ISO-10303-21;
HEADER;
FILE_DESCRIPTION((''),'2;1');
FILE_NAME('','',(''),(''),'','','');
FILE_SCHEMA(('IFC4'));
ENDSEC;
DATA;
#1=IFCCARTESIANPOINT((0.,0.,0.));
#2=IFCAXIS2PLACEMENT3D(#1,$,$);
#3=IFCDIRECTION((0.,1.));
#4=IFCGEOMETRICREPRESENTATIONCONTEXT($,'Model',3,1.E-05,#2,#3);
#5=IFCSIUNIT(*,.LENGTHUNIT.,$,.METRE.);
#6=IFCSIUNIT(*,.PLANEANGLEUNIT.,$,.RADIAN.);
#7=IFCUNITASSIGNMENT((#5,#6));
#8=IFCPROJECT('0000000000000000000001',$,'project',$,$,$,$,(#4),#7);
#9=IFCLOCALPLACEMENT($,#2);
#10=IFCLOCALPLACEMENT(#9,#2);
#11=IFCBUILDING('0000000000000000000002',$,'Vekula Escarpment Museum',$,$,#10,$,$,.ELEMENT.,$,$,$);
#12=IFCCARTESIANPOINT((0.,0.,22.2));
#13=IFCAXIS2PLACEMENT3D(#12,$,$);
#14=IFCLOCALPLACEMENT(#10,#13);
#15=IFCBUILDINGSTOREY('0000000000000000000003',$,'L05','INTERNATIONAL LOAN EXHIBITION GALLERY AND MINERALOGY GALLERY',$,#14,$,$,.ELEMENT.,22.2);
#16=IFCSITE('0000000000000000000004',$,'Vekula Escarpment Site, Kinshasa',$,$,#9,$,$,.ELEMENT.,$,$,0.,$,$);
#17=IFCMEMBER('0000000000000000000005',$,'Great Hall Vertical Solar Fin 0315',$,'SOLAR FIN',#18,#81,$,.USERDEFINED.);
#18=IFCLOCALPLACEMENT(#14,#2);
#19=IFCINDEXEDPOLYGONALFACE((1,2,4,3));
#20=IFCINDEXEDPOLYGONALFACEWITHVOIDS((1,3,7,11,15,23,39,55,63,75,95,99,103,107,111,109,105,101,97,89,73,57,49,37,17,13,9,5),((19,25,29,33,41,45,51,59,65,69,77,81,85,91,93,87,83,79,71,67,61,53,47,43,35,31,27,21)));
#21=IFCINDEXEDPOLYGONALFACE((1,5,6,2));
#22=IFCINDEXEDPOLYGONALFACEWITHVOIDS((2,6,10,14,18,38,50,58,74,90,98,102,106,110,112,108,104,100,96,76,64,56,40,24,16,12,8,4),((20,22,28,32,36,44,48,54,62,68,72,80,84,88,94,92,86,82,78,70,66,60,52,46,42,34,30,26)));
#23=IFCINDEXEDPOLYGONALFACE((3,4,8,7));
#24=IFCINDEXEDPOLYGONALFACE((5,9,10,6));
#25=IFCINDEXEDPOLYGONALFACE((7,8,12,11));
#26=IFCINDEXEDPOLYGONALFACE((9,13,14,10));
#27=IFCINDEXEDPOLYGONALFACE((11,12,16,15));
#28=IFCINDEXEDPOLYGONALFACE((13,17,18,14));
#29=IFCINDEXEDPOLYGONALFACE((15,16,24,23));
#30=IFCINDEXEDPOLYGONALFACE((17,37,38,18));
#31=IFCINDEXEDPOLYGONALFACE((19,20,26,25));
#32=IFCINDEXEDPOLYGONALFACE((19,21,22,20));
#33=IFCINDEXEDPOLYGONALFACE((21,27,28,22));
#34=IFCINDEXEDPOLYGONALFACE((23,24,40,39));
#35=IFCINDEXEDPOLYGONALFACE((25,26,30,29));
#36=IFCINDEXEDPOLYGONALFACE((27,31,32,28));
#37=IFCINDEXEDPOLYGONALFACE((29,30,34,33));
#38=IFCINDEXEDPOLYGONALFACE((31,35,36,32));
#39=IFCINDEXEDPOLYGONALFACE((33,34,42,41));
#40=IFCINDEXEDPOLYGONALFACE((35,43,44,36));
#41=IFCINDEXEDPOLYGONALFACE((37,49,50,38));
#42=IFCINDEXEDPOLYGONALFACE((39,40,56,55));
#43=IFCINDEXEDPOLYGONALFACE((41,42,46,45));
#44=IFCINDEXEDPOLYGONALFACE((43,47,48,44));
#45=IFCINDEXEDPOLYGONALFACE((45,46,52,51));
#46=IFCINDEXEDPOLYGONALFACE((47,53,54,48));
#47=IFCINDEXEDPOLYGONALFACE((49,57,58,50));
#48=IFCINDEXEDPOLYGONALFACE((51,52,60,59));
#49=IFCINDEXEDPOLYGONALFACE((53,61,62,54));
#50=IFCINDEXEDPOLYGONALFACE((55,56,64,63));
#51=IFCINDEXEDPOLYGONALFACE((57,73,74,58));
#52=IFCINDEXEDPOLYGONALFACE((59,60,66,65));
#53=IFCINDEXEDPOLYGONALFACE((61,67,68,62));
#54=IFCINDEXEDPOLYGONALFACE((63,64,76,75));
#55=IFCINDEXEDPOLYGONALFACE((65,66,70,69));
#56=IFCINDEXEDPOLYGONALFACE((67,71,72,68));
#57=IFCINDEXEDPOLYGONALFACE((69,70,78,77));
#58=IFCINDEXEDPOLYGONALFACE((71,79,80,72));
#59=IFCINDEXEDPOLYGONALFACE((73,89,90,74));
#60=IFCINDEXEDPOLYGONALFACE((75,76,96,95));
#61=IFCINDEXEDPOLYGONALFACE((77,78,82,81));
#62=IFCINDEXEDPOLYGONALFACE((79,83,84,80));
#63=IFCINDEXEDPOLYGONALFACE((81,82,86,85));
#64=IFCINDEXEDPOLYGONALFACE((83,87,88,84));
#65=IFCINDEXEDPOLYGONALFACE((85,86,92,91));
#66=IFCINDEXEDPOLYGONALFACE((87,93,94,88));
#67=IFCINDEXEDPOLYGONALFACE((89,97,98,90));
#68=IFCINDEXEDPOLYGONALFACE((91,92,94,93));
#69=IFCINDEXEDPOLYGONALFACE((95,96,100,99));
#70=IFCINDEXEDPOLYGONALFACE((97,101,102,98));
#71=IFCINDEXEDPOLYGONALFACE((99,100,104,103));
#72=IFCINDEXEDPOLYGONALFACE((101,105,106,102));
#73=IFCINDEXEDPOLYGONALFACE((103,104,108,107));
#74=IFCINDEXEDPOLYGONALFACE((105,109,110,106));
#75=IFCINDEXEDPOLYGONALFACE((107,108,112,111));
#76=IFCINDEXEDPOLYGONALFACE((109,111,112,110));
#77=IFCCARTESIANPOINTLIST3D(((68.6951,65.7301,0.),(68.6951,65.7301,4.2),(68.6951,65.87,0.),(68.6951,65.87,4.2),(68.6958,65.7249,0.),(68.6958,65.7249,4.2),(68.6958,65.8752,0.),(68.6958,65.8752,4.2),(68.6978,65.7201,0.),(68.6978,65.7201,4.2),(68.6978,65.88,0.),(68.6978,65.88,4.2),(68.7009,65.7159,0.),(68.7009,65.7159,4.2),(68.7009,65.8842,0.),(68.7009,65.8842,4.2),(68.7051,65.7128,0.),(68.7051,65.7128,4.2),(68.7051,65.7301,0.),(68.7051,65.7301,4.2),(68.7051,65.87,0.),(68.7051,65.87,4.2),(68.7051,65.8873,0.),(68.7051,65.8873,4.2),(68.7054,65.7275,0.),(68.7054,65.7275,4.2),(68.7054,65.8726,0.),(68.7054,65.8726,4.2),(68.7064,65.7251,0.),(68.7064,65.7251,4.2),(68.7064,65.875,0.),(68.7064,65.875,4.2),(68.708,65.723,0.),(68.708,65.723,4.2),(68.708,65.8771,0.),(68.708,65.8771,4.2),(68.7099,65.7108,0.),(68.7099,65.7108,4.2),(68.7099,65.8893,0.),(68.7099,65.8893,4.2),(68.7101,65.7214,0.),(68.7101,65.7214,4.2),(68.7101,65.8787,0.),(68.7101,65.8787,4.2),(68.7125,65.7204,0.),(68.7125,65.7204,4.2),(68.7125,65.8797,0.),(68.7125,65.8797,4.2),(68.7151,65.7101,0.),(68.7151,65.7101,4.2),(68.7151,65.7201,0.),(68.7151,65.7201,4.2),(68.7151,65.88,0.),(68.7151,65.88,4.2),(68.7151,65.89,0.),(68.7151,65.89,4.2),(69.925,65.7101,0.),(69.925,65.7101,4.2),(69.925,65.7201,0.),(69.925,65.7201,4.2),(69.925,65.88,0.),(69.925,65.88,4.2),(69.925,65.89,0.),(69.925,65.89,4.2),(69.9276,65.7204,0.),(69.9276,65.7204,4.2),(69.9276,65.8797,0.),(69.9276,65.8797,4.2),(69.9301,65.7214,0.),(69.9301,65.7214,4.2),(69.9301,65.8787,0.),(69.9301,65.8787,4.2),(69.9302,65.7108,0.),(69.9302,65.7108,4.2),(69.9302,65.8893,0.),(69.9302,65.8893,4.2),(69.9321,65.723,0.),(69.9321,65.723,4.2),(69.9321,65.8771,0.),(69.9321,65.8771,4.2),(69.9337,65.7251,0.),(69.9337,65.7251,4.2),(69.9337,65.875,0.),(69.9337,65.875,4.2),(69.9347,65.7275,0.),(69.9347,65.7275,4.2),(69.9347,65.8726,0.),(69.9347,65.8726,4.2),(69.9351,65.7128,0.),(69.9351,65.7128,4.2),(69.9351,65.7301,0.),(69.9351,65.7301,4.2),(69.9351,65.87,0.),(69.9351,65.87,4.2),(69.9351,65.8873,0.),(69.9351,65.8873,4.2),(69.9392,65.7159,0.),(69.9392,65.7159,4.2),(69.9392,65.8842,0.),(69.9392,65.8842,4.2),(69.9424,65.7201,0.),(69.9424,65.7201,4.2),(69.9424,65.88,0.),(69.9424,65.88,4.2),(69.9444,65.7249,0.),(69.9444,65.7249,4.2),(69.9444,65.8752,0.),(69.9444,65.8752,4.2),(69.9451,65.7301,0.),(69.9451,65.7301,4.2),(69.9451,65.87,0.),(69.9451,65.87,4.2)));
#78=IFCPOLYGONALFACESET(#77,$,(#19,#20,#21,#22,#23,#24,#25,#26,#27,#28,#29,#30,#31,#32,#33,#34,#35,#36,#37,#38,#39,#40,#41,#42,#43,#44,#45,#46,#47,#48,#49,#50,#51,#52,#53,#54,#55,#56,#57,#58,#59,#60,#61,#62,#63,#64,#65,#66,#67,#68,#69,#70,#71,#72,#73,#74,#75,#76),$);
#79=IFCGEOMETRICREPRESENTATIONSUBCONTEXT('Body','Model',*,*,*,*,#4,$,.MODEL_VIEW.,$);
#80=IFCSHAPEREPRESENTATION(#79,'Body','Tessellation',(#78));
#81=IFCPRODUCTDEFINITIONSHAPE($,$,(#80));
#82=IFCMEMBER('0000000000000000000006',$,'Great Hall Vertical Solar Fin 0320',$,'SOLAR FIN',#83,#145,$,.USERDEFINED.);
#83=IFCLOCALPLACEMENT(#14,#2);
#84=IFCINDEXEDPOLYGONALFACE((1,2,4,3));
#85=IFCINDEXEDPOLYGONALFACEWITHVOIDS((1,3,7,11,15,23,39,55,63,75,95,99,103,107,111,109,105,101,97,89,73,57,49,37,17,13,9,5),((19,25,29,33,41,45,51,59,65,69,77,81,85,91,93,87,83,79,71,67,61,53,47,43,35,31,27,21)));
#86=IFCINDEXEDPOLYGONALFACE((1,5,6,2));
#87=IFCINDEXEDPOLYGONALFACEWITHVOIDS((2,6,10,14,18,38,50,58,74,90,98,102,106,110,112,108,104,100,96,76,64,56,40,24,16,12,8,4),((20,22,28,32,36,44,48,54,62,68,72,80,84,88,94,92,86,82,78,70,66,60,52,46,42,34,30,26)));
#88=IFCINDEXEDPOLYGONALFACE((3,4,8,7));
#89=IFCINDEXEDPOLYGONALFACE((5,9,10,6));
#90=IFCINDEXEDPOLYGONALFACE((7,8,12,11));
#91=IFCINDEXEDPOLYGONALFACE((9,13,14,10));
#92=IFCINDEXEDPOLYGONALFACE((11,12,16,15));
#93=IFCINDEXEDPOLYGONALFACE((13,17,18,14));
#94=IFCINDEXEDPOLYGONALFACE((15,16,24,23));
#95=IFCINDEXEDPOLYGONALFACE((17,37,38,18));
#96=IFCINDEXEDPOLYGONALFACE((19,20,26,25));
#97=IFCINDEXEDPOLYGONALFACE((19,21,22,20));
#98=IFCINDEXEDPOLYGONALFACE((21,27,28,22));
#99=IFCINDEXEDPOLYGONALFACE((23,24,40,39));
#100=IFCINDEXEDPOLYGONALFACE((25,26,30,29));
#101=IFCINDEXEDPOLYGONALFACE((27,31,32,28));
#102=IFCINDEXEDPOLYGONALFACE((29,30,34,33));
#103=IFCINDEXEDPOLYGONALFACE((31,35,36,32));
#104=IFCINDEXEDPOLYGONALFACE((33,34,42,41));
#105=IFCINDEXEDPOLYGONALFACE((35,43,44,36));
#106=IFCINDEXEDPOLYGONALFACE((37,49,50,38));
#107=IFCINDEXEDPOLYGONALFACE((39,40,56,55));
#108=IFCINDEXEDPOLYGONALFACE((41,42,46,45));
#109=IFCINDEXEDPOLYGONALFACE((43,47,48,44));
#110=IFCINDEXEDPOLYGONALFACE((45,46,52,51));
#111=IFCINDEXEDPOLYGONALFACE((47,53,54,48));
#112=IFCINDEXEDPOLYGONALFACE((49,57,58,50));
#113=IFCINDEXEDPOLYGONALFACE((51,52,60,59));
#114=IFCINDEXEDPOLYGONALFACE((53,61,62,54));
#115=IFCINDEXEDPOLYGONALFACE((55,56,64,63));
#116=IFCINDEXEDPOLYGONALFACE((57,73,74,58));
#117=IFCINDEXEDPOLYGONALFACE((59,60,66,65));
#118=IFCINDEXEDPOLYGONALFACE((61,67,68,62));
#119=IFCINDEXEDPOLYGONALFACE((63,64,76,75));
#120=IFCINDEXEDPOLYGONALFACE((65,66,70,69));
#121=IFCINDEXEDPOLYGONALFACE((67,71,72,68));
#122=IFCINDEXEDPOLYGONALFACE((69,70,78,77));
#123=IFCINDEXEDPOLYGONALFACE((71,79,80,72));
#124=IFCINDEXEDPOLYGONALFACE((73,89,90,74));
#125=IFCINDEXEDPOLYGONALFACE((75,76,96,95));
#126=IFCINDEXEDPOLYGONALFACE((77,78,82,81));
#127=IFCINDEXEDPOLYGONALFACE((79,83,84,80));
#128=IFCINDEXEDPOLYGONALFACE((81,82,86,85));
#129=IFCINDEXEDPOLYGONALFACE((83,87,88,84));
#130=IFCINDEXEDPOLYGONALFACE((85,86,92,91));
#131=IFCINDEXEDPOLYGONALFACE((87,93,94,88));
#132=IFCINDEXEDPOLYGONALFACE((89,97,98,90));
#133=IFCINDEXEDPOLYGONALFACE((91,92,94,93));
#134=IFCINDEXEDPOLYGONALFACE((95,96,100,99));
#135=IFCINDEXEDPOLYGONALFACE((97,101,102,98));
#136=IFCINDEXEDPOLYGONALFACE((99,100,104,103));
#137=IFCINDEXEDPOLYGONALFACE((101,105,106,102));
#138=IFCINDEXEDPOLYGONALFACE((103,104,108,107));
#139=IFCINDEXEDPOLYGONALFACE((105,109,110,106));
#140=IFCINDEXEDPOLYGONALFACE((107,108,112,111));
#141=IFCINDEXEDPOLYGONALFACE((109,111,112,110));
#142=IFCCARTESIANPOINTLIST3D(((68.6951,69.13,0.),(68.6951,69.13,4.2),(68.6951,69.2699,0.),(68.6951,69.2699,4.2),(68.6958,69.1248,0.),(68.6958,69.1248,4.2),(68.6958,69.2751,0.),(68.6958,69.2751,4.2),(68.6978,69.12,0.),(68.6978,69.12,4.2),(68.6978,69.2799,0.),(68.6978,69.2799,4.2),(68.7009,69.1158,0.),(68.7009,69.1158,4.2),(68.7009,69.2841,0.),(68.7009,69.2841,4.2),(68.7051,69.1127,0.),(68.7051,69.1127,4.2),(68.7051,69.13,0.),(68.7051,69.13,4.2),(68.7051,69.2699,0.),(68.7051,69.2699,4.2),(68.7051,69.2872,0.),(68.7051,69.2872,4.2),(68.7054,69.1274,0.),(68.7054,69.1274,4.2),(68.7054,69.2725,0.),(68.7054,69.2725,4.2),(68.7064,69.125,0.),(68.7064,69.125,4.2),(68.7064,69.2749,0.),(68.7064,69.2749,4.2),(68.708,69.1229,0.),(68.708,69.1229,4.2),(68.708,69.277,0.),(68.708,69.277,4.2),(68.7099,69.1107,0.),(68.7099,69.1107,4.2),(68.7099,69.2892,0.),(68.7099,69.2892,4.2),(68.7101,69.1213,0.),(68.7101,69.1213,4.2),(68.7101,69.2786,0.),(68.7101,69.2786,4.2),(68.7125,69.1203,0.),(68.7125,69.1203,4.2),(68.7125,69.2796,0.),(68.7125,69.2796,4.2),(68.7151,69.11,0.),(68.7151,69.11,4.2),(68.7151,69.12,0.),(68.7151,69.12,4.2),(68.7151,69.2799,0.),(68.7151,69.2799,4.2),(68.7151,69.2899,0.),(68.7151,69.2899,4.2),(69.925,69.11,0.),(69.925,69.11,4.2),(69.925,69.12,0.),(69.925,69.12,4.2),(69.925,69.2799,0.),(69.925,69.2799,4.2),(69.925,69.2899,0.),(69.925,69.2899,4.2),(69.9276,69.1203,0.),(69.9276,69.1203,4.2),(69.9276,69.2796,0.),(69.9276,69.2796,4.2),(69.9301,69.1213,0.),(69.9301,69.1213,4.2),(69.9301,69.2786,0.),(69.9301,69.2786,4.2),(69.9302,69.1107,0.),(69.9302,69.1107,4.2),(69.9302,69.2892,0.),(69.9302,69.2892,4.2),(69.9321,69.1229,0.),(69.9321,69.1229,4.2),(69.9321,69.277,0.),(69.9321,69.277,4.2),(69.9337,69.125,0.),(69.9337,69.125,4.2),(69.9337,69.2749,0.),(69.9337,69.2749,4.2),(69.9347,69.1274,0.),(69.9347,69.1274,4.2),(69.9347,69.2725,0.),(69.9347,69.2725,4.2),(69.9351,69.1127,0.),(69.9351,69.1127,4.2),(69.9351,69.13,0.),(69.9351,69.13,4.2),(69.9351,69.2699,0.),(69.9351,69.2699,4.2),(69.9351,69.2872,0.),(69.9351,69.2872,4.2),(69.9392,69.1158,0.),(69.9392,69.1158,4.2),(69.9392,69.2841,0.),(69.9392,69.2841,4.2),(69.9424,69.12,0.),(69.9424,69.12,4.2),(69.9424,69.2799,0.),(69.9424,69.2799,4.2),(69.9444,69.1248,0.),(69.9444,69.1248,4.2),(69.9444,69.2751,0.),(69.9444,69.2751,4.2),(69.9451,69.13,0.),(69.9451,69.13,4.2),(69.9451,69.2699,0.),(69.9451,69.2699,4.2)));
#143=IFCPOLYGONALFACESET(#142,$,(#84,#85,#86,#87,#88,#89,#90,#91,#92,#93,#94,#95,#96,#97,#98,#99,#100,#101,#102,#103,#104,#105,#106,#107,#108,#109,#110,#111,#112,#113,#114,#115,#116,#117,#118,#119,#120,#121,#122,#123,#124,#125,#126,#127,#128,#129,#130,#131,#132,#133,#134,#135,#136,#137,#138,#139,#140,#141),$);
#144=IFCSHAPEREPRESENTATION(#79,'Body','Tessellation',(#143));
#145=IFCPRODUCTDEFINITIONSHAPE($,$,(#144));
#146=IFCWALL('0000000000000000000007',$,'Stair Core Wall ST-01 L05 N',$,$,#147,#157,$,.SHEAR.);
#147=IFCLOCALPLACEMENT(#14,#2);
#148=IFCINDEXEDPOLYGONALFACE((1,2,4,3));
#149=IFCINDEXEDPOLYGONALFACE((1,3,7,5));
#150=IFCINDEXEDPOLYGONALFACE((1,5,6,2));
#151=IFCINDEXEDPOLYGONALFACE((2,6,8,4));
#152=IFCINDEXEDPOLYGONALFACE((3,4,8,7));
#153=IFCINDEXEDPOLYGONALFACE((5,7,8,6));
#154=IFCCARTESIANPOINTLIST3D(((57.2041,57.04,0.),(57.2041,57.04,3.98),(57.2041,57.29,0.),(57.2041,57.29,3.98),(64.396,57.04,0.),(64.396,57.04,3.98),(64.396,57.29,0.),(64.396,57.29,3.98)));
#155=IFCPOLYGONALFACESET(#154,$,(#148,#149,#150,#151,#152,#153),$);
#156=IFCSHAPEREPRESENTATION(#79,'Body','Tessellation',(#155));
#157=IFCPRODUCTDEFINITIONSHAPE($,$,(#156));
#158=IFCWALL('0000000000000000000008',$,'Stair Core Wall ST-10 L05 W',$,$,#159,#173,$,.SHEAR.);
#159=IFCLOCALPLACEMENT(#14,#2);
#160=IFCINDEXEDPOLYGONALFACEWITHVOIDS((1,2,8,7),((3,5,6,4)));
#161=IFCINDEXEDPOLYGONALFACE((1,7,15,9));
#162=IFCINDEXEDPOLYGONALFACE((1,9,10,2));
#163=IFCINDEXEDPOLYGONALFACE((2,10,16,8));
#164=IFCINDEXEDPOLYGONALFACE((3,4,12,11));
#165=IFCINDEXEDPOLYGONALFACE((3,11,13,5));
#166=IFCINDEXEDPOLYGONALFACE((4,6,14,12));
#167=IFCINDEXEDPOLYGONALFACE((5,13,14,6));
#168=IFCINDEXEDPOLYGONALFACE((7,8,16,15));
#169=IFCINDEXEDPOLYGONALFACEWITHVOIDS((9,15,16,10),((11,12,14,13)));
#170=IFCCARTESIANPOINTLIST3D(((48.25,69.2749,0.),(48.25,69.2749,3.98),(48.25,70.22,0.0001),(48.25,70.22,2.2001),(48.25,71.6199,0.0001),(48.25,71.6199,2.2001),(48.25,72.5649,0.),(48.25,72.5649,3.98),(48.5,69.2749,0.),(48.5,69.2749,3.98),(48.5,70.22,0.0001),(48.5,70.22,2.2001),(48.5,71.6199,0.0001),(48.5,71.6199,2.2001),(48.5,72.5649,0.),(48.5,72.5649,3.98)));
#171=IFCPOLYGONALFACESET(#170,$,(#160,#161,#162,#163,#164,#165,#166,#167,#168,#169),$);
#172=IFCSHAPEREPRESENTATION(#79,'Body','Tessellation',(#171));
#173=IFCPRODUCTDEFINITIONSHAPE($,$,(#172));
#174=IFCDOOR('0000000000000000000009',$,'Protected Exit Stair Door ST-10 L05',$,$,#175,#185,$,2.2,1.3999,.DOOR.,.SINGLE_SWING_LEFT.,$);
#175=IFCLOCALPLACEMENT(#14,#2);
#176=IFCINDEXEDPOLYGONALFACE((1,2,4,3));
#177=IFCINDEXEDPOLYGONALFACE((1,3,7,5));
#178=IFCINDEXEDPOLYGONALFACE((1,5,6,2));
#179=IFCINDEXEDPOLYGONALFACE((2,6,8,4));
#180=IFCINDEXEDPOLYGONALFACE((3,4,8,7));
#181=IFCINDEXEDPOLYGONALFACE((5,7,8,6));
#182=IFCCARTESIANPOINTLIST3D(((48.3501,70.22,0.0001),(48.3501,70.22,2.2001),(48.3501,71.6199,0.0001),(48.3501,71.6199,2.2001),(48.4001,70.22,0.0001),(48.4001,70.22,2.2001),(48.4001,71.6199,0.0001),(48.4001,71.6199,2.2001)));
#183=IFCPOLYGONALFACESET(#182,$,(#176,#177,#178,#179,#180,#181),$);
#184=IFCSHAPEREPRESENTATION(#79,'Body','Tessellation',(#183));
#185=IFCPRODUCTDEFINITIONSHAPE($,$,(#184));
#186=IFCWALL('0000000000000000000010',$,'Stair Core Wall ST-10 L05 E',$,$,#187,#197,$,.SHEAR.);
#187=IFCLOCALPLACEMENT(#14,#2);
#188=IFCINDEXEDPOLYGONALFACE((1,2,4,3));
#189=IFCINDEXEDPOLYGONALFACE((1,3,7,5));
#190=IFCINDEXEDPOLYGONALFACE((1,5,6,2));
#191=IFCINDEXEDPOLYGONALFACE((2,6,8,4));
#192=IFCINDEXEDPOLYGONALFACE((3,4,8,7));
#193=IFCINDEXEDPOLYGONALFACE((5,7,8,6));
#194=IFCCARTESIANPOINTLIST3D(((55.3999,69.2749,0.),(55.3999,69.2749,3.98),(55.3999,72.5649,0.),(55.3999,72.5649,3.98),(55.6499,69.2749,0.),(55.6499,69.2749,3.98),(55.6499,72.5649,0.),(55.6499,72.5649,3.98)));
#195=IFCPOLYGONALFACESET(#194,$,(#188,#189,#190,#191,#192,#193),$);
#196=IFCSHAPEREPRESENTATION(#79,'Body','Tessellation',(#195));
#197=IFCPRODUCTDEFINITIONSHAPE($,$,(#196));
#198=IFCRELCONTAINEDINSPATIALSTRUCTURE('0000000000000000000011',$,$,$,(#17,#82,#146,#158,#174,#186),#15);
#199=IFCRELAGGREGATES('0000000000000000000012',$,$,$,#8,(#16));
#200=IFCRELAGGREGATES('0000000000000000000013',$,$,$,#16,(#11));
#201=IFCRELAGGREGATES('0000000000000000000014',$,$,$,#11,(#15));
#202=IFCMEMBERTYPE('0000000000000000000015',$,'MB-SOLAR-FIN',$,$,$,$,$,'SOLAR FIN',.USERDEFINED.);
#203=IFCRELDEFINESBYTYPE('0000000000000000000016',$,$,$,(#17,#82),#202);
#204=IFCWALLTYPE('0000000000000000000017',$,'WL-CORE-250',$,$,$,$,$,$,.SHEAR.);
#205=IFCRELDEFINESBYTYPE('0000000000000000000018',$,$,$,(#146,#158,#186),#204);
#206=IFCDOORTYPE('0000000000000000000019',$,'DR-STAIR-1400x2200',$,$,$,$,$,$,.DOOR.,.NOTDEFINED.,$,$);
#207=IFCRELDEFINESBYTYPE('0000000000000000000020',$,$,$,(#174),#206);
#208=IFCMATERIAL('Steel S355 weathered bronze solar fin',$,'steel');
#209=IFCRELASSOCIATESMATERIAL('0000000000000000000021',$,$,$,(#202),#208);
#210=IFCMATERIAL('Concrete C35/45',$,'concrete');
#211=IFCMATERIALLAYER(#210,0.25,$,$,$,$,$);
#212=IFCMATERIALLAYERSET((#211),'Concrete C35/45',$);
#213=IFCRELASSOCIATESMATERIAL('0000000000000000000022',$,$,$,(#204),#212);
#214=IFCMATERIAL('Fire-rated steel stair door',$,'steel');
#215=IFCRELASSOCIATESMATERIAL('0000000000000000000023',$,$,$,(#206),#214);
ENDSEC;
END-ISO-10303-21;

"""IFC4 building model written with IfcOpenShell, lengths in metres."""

from ifc_helpers import new_model, si_unit, direction, frame, frame_2d, origin, origin_2d, place, context, subcontext, project, spatial, rectangle, hollow_rectangle, extrude, material, layer, layer_set, material_profile, profile_set, type_object, element, fill, save


model = new_model("IFC4")

# Units and contexts
model_context = context("Model", 3, precision=1e-05, world=origin(), true_north=direction((0.0, 1.0)))
body_context = subcontext(model_context, "Body", "Model", "MODEL_VIEW")
ifc_project = project(units=[si_unit("LENGTHUNIT", "METRE"), si_unit("PLANEANGLEUNIT", "RADIAN")], contexts=[model_context])

# Site, building, storey
site_placement = place(None, origin())
site = spatial("IfcSite", under=ifc_project, at=site_placement, Name="Vekula Escarpment Site, Kinshasa", CompositionType="ELEMENT", RefElevation=0.0)
building_placement = place(site_placement, origin())
building = spatial("IfcBuilding", under=site, at=building_placement, Name="Vekula Escarpment Museum", CompositionType="ELEMENT")
storey_placement = place(building_placement, frame((0.0, 0.0, 22.2)))
storey = spatial("IfcBuildingStorey", under=building, at=storey_placement, Name="L05", Description="INTERNATIONAL LOAN EXHIBITION GALLERY AND MINERALOGY GALLERY", CompositionType="ELEMENT", Elevation=22.2)

# Members
ifc_material_1 = material(Name="Steel S355 weathered bronze solar fin", Category="steel")
ifc_material_profile_1 = material_profile(ifc_material_1, hollow_rectangle(XDim=0.1799, YDim=1.25, WallThickness=0.01, InnerFilletRadius=0.01, OuterFilletRadius=0.02, at=origin_2d()), Name="RHS 1250x180x10")
ifc_profile_set_1 = profile_set([ifc_material_profile_1], Name="Steel S355 weathered bronze solar fin")
member_type = type_object("IfcMemberType", Name="MB-SOLAR-FIN", ElementType="SOLAR FIN", PredefinedType="USERDEFINED", material=ifc_profile_set_1)
for number, where, z_axis, x_axis, name in (
    (1, (69.3201, 65.8, 0.0), (0.0, 0.0, 1.0), (0.0, 1.0, 0.0), "Great Hall Vertical Solar Fin 0315"),
    (2, (69.3201, 69.2, 0.0), (0.0, 0.0, 1.0), (0.0, 1.0, 0.0), "Great Hall Vertical Solar Fin 0320"),
):
    element("IfcMember", number, at=place(storey_placement, frame(where, z_axis=z_axis, x_axis=x_axis)), inside=storey, type_object=member_type, Name=name, ObjectType="SOLAR FIN", PredefinedType="USERDEFINED", context=body_context, shape_type="SweptSolid", body=[
        extrude(hollow_rectangle(XDim=0.1799, YDim=1.25, WallThickness=0.01, InnerFilletRadius=0.01, OuterFilletRadius=0.02, at=origin_2d()), origin(), (0.0, 0.0, 1.0), 4.2),
    ])

# Wall
ifc_material_2 = material(Name="Concrete C35/45", Category="concrete")
ifc_layer_1 = layer(ifc_material_2, 0.25)
ifc_layer_set_1 = layer_set([ifc_layer_1], Name="Concrete C35/45")
wall_type_1 = type_object("IfcWallType", Name="WL-CORE-250", PredefinedType="SHEAR", material=ifc_layer_set_1)
wall_1_placement = place(storey_placement, frame((57.2041, 57.165, 0.0), z_axis=(0.0, 0.0, 1.0), x_axis=(1.0, 0.0, 0.0)))
element("IfcWall", 3, at=wall_1_placement, inside=storey, type_object=wall_type_1, Name="Stair Core Wall ST-01 L05 N", PredefinedType="SHEAR", context=body_context, shape_type="SweptSolid", body=[
    extrude(rectangle(XDim=7.1919, YDim=0.25, at=frame_2d((3.5959, 0.0))), origin(), (0.0, 0.0, 1.0), 3.98),
])

# Wall, opening, door
wall_2_placement = place(storey_placement, frame((48.375, 69.2749, 0.0), z_axis=(0.0, 0.0, 1.0), x_axis=(0.0, 1.0, 0.0)))
wall_2 = element("IfcWall", 4, at=wall_2_placement, inside=storey, type_object=wall_type_1, Name="Stair Core Wall ST-10 L05 W", PredefinedType="SHEAR", context=body_context, shape_type="SweptSolid", body=[
    extrude(rectangle(XDim=3.29, YDim=0.25, at=frame_2d((1.645, 0.0))), origin(), (0.0, 0.0, 1.0), 3.98),
])
opening_1_placement = place(wall_2_placement, frame((0.9451, 0.0, 0.0)))
opening_1 = element("IfcOpeningElement", 5, at=opening_1_placement, cuts=wall_2, PredefinedType="OPENING", context=body_context, shape_type="SweptSolid", body=[
    extrude(rectangle(XDim=1.3999, YDim=2.2, at=frame_2d((0.7, 1.1001))), frame((0.0, 0.135, 0.0), z_axis=(0.0, -1.0, 0.0), x_axis=(1.0, 0.0, 0.0)), (0.0, 0.0, 1.0), 0.27),
])
ifc_material_3 = material(Name="Fire-rated steel stair door", Category="steel")
door_type_1 = type_object("IfcDoorType", Name="DR-STAIR-1400x2200", OperationType="NOTDEFINED", PredefinedType="DOOR", material=ifc_material_3)
door_1_placement = place(opening_1_placement, origin())
door_1 = element("IfcDoor", 6, at=door_1_placement, inside=storey, type_object=door_type_1, Name="Protected Exit Stair Door ST-10 L05", OperationType="SINGLE_SWING_LEFT", OverallHeight=2.2, OverallWidth=1.3999, PredefinedType="DOOR", context=body_context, shape_type="SweptSolid", body=[
    extrude(rectangle(XDim=1.3999, YDim=2.2, at=frame_2d((0.7, 1.1001))), frame((0.0, 0.0249, 0.0), z_axis=(0.0, -1.0, 0.0), x_axis=(1.0, 0.0, 0.0)), (0.0, 0.0, 1.0), 0.05),
])
fill(opening_1, door_1)

# Wall
wall_3_placement = place(storey_placement, frame((55.5249, 69.2749, 0.0), z_axis=(0.0, 0.0, 1.0), x_axis=(0.0, 1.0, 0.0)))
element("IfcWall", 7, at=wall_3_placement, inside=storey, type_object=wall_type_1, Name="Stair Core Wall ST-10 L05 E", PredefinedType="SHEAR", context=body_context, shape_type="SweptSolid", body=[
    extrude(rectangle(XDim=3.29, YDim=0.25, at=frame_2d((1.645, 0.0))), origin(), (0.0, 0.0, 1.0), 3.98),
])

save(model, "model.ifc")
